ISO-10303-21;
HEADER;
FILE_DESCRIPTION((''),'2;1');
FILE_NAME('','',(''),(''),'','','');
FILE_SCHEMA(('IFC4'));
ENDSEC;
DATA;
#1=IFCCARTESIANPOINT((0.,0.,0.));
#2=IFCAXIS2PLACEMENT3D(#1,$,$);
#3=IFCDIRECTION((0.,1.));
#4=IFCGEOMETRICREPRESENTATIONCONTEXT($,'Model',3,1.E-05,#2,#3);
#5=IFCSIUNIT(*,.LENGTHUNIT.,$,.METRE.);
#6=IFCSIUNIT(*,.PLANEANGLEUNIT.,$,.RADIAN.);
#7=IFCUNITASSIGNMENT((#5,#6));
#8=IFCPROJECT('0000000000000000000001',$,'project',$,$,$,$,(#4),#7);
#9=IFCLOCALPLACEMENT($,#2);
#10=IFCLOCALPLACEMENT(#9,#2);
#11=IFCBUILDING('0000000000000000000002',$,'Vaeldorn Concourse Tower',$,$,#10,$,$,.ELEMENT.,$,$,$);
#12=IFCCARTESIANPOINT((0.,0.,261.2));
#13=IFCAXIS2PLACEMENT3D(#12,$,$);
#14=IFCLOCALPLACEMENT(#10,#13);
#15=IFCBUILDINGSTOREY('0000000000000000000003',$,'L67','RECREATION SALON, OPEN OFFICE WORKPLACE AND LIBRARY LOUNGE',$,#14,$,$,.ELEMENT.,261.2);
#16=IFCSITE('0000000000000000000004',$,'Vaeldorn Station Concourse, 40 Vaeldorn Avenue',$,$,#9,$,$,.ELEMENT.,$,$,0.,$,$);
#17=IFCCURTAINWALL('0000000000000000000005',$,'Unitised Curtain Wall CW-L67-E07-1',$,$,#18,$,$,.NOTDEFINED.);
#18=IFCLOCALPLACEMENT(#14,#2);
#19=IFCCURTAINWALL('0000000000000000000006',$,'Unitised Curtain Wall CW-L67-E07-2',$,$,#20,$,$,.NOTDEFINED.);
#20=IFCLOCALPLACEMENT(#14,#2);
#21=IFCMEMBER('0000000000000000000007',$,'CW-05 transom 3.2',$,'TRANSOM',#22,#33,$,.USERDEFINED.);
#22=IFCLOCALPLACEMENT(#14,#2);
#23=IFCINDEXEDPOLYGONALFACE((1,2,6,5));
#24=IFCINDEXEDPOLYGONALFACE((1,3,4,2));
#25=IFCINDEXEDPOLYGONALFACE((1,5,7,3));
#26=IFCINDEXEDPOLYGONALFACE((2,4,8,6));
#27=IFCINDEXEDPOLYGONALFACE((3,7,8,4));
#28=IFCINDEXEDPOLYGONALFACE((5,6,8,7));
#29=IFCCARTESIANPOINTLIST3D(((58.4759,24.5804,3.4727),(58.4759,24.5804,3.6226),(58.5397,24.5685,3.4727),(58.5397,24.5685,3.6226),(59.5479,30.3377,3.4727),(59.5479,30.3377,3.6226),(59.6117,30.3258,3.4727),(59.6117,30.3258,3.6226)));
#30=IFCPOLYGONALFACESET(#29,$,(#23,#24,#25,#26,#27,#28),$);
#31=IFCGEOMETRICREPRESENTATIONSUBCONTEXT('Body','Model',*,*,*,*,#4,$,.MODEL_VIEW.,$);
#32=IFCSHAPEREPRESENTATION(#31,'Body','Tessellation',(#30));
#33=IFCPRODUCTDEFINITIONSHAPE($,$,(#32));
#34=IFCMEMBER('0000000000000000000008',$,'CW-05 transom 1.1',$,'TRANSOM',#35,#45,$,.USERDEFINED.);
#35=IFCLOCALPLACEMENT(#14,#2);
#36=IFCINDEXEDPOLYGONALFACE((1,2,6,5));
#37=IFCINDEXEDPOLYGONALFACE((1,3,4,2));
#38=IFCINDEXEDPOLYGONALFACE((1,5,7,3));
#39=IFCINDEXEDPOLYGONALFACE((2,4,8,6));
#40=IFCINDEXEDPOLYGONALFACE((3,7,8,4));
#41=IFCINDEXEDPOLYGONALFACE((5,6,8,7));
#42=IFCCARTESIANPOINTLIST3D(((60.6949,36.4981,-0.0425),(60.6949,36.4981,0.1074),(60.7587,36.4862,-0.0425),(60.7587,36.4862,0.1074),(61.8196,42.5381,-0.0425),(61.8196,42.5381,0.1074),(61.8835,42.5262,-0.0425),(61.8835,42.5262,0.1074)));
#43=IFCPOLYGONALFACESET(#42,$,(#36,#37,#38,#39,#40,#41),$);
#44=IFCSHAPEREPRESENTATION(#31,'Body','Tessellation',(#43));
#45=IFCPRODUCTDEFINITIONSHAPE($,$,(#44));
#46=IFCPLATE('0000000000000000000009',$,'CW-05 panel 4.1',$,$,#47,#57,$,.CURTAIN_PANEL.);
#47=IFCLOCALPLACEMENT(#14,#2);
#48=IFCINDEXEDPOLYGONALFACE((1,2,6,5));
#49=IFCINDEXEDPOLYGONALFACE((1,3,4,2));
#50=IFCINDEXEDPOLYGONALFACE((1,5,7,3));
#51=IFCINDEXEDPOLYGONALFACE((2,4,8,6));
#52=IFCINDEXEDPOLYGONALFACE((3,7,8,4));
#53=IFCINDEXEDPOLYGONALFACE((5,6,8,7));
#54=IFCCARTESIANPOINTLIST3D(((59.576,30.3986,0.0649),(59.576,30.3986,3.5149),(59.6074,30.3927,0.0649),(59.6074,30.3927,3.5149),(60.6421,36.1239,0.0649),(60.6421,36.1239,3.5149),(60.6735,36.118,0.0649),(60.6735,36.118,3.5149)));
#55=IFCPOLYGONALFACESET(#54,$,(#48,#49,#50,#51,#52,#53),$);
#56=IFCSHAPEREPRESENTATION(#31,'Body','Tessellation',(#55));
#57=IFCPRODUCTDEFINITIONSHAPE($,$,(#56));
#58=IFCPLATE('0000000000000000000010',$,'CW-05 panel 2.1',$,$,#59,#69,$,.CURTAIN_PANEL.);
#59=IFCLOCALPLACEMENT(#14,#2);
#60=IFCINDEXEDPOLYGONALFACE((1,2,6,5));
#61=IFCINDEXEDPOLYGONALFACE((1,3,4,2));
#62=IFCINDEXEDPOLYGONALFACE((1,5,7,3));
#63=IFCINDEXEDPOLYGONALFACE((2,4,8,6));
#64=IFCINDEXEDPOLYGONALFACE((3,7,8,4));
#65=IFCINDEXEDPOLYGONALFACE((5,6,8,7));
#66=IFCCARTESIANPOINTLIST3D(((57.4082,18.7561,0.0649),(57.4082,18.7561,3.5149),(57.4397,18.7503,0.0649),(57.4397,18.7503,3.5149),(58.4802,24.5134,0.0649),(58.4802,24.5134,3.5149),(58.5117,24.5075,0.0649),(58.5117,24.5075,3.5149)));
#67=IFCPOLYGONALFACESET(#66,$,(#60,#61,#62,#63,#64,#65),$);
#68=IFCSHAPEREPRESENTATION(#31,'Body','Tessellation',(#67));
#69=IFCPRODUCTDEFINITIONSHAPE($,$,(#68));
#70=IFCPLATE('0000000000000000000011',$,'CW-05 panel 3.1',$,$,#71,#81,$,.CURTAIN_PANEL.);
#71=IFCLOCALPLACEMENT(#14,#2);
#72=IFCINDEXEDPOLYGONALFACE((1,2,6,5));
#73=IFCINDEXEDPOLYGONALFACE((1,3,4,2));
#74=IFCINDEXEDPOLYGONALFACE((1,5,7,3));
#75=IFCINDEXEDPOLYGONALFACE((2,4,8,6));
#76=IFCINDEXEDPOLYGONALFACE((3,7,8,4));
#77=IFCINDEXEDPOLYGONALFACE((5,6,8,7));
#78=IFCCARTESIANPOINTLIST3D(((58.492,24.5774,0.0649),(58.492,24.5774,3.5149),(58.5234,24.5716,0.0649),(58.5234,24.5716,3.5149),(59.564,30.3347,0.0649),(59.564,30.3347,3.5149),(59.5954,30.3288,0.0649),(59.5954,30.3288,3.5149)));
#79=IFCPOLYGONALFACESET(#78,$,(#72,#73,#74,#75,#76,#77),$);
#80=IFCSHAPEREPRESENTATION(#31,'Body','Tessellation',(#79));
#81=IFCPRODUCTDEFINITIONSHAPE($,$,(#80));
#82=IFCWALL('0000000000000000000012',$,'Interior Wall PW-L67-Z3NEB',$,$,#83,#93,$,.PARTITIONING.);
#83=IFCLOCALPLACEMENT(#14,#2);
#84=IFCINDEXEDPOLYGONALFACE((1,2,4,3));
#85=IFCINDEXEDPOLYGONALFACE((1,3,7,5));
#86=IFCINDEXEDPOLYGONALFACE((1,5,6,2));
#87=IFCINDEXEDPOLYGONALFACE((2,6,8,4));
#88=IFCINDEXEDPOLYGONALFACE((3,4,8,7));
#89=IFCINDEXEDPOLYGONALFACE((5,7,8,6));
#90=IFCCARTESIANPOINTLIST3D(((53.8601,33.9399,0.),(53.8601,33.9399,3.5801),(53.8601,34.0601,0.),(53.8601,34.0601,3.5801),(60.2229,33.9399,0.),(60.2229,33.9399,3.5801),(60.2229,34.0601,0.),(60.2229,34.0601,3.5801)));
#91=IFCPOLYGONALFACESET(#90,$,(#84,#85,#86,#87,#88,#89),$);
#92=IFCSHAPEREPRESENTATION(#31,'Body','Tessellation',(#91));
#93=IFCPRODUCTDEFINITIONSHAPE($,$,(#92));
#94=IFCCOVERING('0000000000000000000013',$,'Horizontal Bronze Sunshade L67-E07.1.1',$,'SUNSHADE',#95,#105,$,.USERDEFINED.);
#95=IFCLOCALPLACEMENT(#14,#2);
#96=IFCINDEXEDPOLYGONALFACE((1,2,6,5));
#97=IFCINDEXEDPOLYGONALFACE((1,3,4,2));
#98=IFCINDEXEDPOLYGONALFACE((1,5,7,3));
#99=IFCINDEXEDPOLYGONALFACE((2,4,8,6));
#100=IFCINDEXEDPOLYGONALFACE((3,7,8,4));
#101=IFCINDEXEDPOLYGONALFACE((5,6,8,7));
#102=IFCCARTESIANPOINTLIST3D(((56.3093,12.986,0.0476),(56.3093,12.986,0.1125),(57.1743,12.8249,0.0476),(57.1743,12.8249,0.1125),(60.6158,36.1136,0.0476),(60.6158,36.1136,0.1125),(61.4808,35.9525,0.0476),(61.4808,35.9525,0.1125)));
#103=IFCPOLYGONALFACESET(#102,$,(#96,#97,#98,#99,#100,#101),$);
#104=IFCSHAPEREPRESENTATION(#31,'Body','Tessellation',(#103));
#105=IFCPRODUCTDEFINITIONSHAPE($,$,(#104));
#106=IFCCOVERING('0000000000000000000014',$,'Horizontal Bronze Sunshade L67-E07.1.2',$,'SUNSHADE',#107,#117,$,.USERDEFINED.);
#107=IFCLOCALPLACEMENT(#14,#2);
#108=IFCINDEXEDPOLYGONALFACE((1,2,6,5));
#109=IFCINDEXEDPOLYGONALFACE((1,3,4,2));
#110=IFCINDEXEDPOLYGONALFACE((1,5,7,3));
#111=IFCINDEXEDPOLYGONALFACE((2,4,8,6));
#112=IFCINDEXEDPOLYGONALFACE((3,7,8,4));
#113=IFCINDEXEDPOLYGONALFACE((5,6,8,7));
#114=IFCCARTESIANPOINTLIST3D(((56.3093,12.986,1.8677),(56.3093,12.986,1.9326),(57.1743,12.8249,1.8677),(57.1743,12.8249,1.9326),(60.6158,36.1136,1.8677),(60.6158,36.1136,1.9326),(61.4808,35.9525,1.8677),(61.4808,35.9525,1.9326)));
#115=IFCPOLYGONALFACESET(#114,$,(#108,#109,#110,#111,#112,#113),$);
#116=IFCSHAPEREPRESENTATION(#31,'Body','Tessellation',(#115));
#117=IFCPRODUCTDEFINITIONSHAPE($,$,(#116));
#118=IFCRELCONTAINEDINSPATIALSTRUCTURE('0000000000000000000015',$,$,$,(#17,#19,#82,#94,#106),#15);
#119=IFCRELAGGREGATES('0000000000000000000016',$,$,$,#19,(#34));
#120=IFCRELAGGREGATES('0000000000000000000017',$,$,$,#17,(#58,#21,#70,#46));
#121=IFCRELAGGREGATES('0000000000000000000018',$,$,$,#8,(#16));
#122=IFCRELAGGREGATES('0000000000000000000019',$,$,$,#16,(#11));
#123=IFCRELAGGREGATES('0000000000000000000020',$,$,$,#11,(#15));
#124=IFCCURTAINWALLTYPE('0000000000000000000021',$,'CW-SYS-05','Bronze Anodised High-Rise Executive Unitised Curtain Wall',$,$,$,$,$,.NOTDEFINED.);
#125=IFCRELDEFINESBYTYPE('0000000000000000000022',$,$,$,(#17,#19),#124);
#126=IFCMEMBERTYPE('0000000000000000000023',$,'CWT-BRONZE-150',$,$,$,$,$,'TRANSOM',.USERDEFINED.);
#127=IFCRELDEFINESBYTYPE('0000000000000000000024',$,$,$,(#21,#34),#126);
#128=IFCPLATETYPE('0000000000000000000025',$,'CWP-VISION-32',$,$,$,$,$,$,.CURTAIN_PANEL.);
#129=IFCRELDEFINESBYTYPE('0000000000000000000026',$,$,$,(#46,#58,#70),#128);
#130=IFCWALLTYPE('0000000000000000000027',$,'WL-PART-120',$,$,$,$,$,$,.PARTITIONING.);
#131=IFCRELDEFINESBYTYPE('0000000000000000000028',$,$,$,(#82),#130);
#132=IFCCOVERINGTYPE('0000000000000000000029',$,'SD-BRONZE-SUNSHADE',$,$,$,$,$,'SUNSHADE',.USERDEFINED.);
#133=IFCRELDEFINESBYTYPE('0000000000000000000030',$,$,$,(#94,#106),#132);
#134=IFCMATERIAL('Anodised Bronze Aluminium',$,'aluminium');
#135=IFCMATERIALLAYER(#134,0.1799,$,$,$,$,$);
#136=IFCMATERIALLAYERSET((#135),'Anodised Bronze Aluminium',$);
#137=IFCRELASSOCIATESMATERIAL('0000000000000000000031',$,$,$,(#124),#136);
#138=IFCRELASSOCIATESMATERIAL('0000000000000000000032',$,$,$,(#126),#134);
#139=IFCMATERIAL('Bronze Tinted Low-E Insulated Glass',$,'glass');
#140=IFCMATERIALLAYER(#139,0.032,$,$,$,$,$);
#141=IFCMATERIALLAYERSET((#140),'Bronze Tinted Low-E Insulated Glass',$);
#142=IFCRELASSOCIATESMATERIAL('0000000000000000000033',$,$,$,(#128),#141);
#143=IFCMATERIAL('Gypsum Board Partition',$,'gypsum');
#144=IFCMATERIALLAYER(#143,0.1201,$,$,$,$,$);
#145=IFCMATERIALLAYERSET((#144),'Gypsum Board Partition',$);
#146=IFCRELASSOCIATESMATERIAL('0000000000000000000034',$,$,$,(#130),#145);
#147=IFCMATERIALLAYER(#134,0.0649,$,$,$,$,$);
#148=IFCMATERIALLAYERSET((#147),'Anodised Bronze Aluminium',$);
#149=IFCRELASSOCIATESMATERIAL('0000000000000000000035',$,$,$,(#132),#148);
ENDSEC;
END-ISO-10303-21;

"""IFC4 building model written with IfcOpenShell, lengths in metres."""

from ifc_helpers import new_model, si_unit, direction, frame, frame_2d, origin, origin_2d, place, context, subcontext, project, spatial, rectangle, extrude, source, transform, mapped, material, layer, layer_set, material_profile, profile_set, type_object, element, aggregate, save


model = new_model("IFC4")

# Units and contexts
model_context = context("Model", 3, precision=1e-05, world=origin(), true_north=direction((0.0, 1.0)))
body_context = subcontext(model_context, "Body", "Model", "MODEL_VIEW")
ifc_project = project(units=[si_unit("LENGTHUNIT", "METRE"), si_unit("PLANEANGLEUNIT", "RADIAN")], contexts=[model_context])

# Site, building, storey
site_placement = place(None, origin())
site = spatial("IfcSite", under=ifc_project, at=site_placement, Name="Vaeldorn Station Concourse, 40 Vaeldorn Avenue", CompositionType="ELEMENT", RefElevation=0.0)
building_placement = place(site_placement, origin())
building = spatial("IfcBuilding", under=site, at=building_placement, Name="Vaeldorn Concourse Tower", CompositionType="ELEMENT")
storey_placement = place(building_placement, frame((0.0, 0.0, 261.2)))
storey = spatial("IfcBuildingStorey", under=building, at=storey_placement, Name="L67", Description="RECREATION SALON, OPEN OFFICE WORKPLACE AND LIBRARY LOUNGE", CompositionType="ELEMENT", Elevation=261.2)

# Curtain wall
ifc_material_1 = material(Name="Anodised Bronze Aluminium", Category="aluminium")
ifc_layer_1 = layer(ifc_material_1, 0.1799)
ifc_layer_set_1 = layer_set([ifc_layer_1], Name="Anodised Bronze Aluminium")
curtain_wall_type = type_object("IfcCurtainWallType", Name="CW-SYS-05", Description="Bronze Anodised High-Rise Executive Unitised Curtain Wall", PredefinedType="NOTDEFINED", material=ifc_layer_set_1)
curtain_wall_1_placement = place(storey_placement, origin())
curtain_wall_1 = element("IfcCurtainWall", 1, at=curtain_wall_1_placement, inside=storey, type_object=curtain_wall_type, Name="Unitised Curtain Wall CW-L67-E07-1", PredefinedType="NOTDEFINED")

# Curtain wall
curtain_wall_2_placement = place(storey_placement, origin())
curtain_wall_2 = element("IfcCurtainWall", 2, at=curtain_wall_2_placement, inside=storey, type_object=curtain_wall_type, Name="Unitised Curtain Wall CW-L67-E07-2", PredefinedType="NOTDEFINED")

# Members
ifc_material_profile_1 = material_profile(ifc_material_1, rectangle(XDim=0.0649, YDim=0.1499, at=origin_2d()), Name="CWT 65x150")
ifc_profile_set_1 = profile_set([ifc_material_profile_1], Name="Anodised Bronze Aluminium")
member_type_1 = type_object("IfcMemberType", Name="CWT-BRONZE-150", ElementType="TRANSOM", PredefinedType="USERDEFINED", material=ifc_profile_set_1)
shared_shape_1 = source(origin(), body_context, "Body", "SweptSolid", [
    extrude(rectangle(XDim=0.0649, YDim=0.1499, at=origin_2d()), origin(), (0.0, 0.0, 1.0), 5.8562),
])
member_1_placement = place(storey_placement, frame((58.5078, 24.5745, 3.5476), z_axis=(0.183055, 0.983103, 0.0), x_axis=(-0.983103, 0.183055, 0.0)))
member_1 = element("IfcMember", 3, at=member_1_placement, type_object=member_type_1, Name="CW-05 transom 3.2", ObjectType="TRANSOM", PredefinedType="USERDEFINED", context=body_context, shape_type="MappedRepresentation", body=[
    mapped(shared_shape_1, transform((0.0, 0.0, 0.0), scale=1.0)),
])
shared_shape_2 = source(origin(), body_context, "Body", "SweptSolid", [
    extrude(rectangle(XDim=0.0649, YDim=0.1499, at=origin_2d()), origin(), (0.0, 0.0, 1.0), 6.1438),
])
member_2_placement = place(storey_placement, frame((60.7268, 36.4922, 0.0325), z_axis=(0.18307, 0.9831, 0.0), x_axis=(-0.9831, 0.18307, 0.0)))
member_2 = element("IfcMember", 4, at=member_2_placement, type_object=member_type_1, Name="CW-05 transom 1.1", ObjectType="TRANSOM", PredefinedType="USERDEFINED", context=body_context, shape_type="MappedRepresentation", body=[
    mapped(shared_shape_2, transform((0.0, 0.0, 0.0), scale=1.0)),
])
aggregate(curtain_wall_2, [member_2])

# Plates
ifc_material_2 = material(Name="Bronze Tinted Low-E Insulated Glass", Category="glass")
ifc_layer_2 = layer(ifc_material_2, 0.032)
ifc_layer_set_2 = layer_set([ifc_layer_2], Name="Bronze Tinted Low-E Insulated Glass")
plate_type = type_object("IfcPlateType", Name="CWP-VISION-32", PredefinedType="CURTAIN_PANEL", material=ifc_layer_set_2)
shared_shape_3 = source(origin(), body_context, "Body", "SweptSolid", [
    extrude(rectangle(XDim=5.8237, YDim=0.032, at=origin_2d()), origin(), (0.0, 0.0, 1.0), 3.45),
])
plate_1_placement = place(storey_placement, frame((60.1248, 33.2583, 0.0649), z_axis=(0.0, 0.0, 1.0), x_axis=(0.183055, 0.983103, 0.0)))
plate_1 = element("IfcPlate", 5, at=plate_1_placement, type_object=plate_type, Name="CW-05 panel 4.1", PredefinedType="CURTAIN_PANEL", context=body_context, shape_type="MappedRepresentation", body=[
    mapped(shared_shape_3, transform((0.0, 0.0, 0.0), scale=1.0)),
])
shared_shape_4 = source(origin(), body_context, "Body", "SweptSolid", [
    extrude(rectangle(XDim=5.8562, YDim=0.032, at=origin_2d()), origin(), (0.0, 0.0, 1.0), 3.45),
])
plate_2_placement = place(storey_placement, frame((57.96, 21.6318, 0.0649), z_axis=(0.0, 0.0, 1.0), x_axis=(0.183055, 0.983103, 0.0)))
plate_2 = element("IfcPlate", 6, at=plate_2_placement, type_object=plate_type, Name="CW-05 panel 2.1", PredefinedType="CURTAIN_PANEL", context=body_context, shape_type="MappedRepresentation", body=[
    mapped(shared_shape_4, transform((0.0, 0.0, 0.0), scale=1.0)),
])
plate_3_placement = place(storey_placement, frame((59.0437, 27.4531, 0.0649), z_axis=(0.0, 0.0, 1.0), x_axis=(0.183055, 0.983103, 0.0)))
plate_3 = element("IfcPlate", 7, at=plate_3_placement, type_object=plate_type, Name="CW-05 panel 3.1", PredefinedType="CURTAIN_PANEL", context=body_context, shape_type="MappedRepresentation", body=[
    mapped(shared_shape_4, transform((0.0, 0.0, 0.0), scale=1.0)),
])
aggregate(curtain_wall_1, [plate_2, member_1, plate_3, plate_1])

# Shared definitions
ifc_material_3 = material(Name="Gypsum Board Partition", Category="gypsum")
ifc_layer_3 = layer(ifc_material_3, 0.1201)
ifc_layer_set_3 = layer_set([ifc_layer_3], Name="Gypsum Board Partition")
wall_type = type_object("IfcWallType", Name="WL-PART-120", PredefinedType="PARTITIONING", material=ifc_layer_set_3)

# Wall
wall_1_placement = place(storey_placement, frame((53.8601, 34.0, 0.0), z_axis=(0.0, 0.0, 1.0), x_axis=(1.0, 0.0, 0.0)))
element("IfcWall", 8, at=wall_1_placement, inside=storey, type_object=wall_type, Name="Interior Wall PW-L67-Z3NEB", PredefinedType="PARTITIONING", context=body_context, shape_type="SweptSolid", body=[
    extrude(rectangle(XDim=6.3628, YDim=0.1201, at=frame_2d((3.1814, 0.0))), origin(), (0.0, 0.0, 1.0), 3.5801),
])

# Coverings
ifc_layer_4 = layer(ifc_material_1, 0.0649)
ifc_layer_set_4 = layer_set([ifc_layer_4], Name="Anodised Bronze Aluminium")
covering_type = type_object("IfcCoveringType", Name="SD-BRONZE-SUNSHADE", ElementType="SUNSHADE", PredefinedType="USERDEFINED", material=ifc_layer_set_4)
shared_shape_5 = source(origin(), body_context, "Body", "SweptSolid", [
    extrude(rectangle(XDim=23.5251, YDim=0.8799, at=origin_2d()), origin(), (0.0, 0.0, 1.0), 0.0649),
])
for number, where, z_axis, x_axis, name in (
    (9, (58.895, 24.4692, 0.0476), (0.0, 0.0, 1.0), (0.183059, 0.983102, 0.0), "Horizontal Bronze Sunshade L67-E07.1.1"),
    (10, (58.895, 24.4692, 1.8677), (0.0, 0.0, 1.0), (0.183059, 0.983102, 0.0), "Horizontal Bronze Sunshade L67-E07.1.2"),
):
    element("IfcCovering", number, at=place(storey_placement, frame(where, z_axis=z_axis, x_axis=x_axis)), inside=storey, type_object=covering_type, Name=name, ObjectType="SUNSHADE", PredefinedType="USERDEFINED", context=body_context, shape_type="MappedRepresentation", body=[
        mapped(shared_shape_5, transform((0.0, 0.0, 0.0), scale=1.0)),
    ])

save(model, "model.ifc")
